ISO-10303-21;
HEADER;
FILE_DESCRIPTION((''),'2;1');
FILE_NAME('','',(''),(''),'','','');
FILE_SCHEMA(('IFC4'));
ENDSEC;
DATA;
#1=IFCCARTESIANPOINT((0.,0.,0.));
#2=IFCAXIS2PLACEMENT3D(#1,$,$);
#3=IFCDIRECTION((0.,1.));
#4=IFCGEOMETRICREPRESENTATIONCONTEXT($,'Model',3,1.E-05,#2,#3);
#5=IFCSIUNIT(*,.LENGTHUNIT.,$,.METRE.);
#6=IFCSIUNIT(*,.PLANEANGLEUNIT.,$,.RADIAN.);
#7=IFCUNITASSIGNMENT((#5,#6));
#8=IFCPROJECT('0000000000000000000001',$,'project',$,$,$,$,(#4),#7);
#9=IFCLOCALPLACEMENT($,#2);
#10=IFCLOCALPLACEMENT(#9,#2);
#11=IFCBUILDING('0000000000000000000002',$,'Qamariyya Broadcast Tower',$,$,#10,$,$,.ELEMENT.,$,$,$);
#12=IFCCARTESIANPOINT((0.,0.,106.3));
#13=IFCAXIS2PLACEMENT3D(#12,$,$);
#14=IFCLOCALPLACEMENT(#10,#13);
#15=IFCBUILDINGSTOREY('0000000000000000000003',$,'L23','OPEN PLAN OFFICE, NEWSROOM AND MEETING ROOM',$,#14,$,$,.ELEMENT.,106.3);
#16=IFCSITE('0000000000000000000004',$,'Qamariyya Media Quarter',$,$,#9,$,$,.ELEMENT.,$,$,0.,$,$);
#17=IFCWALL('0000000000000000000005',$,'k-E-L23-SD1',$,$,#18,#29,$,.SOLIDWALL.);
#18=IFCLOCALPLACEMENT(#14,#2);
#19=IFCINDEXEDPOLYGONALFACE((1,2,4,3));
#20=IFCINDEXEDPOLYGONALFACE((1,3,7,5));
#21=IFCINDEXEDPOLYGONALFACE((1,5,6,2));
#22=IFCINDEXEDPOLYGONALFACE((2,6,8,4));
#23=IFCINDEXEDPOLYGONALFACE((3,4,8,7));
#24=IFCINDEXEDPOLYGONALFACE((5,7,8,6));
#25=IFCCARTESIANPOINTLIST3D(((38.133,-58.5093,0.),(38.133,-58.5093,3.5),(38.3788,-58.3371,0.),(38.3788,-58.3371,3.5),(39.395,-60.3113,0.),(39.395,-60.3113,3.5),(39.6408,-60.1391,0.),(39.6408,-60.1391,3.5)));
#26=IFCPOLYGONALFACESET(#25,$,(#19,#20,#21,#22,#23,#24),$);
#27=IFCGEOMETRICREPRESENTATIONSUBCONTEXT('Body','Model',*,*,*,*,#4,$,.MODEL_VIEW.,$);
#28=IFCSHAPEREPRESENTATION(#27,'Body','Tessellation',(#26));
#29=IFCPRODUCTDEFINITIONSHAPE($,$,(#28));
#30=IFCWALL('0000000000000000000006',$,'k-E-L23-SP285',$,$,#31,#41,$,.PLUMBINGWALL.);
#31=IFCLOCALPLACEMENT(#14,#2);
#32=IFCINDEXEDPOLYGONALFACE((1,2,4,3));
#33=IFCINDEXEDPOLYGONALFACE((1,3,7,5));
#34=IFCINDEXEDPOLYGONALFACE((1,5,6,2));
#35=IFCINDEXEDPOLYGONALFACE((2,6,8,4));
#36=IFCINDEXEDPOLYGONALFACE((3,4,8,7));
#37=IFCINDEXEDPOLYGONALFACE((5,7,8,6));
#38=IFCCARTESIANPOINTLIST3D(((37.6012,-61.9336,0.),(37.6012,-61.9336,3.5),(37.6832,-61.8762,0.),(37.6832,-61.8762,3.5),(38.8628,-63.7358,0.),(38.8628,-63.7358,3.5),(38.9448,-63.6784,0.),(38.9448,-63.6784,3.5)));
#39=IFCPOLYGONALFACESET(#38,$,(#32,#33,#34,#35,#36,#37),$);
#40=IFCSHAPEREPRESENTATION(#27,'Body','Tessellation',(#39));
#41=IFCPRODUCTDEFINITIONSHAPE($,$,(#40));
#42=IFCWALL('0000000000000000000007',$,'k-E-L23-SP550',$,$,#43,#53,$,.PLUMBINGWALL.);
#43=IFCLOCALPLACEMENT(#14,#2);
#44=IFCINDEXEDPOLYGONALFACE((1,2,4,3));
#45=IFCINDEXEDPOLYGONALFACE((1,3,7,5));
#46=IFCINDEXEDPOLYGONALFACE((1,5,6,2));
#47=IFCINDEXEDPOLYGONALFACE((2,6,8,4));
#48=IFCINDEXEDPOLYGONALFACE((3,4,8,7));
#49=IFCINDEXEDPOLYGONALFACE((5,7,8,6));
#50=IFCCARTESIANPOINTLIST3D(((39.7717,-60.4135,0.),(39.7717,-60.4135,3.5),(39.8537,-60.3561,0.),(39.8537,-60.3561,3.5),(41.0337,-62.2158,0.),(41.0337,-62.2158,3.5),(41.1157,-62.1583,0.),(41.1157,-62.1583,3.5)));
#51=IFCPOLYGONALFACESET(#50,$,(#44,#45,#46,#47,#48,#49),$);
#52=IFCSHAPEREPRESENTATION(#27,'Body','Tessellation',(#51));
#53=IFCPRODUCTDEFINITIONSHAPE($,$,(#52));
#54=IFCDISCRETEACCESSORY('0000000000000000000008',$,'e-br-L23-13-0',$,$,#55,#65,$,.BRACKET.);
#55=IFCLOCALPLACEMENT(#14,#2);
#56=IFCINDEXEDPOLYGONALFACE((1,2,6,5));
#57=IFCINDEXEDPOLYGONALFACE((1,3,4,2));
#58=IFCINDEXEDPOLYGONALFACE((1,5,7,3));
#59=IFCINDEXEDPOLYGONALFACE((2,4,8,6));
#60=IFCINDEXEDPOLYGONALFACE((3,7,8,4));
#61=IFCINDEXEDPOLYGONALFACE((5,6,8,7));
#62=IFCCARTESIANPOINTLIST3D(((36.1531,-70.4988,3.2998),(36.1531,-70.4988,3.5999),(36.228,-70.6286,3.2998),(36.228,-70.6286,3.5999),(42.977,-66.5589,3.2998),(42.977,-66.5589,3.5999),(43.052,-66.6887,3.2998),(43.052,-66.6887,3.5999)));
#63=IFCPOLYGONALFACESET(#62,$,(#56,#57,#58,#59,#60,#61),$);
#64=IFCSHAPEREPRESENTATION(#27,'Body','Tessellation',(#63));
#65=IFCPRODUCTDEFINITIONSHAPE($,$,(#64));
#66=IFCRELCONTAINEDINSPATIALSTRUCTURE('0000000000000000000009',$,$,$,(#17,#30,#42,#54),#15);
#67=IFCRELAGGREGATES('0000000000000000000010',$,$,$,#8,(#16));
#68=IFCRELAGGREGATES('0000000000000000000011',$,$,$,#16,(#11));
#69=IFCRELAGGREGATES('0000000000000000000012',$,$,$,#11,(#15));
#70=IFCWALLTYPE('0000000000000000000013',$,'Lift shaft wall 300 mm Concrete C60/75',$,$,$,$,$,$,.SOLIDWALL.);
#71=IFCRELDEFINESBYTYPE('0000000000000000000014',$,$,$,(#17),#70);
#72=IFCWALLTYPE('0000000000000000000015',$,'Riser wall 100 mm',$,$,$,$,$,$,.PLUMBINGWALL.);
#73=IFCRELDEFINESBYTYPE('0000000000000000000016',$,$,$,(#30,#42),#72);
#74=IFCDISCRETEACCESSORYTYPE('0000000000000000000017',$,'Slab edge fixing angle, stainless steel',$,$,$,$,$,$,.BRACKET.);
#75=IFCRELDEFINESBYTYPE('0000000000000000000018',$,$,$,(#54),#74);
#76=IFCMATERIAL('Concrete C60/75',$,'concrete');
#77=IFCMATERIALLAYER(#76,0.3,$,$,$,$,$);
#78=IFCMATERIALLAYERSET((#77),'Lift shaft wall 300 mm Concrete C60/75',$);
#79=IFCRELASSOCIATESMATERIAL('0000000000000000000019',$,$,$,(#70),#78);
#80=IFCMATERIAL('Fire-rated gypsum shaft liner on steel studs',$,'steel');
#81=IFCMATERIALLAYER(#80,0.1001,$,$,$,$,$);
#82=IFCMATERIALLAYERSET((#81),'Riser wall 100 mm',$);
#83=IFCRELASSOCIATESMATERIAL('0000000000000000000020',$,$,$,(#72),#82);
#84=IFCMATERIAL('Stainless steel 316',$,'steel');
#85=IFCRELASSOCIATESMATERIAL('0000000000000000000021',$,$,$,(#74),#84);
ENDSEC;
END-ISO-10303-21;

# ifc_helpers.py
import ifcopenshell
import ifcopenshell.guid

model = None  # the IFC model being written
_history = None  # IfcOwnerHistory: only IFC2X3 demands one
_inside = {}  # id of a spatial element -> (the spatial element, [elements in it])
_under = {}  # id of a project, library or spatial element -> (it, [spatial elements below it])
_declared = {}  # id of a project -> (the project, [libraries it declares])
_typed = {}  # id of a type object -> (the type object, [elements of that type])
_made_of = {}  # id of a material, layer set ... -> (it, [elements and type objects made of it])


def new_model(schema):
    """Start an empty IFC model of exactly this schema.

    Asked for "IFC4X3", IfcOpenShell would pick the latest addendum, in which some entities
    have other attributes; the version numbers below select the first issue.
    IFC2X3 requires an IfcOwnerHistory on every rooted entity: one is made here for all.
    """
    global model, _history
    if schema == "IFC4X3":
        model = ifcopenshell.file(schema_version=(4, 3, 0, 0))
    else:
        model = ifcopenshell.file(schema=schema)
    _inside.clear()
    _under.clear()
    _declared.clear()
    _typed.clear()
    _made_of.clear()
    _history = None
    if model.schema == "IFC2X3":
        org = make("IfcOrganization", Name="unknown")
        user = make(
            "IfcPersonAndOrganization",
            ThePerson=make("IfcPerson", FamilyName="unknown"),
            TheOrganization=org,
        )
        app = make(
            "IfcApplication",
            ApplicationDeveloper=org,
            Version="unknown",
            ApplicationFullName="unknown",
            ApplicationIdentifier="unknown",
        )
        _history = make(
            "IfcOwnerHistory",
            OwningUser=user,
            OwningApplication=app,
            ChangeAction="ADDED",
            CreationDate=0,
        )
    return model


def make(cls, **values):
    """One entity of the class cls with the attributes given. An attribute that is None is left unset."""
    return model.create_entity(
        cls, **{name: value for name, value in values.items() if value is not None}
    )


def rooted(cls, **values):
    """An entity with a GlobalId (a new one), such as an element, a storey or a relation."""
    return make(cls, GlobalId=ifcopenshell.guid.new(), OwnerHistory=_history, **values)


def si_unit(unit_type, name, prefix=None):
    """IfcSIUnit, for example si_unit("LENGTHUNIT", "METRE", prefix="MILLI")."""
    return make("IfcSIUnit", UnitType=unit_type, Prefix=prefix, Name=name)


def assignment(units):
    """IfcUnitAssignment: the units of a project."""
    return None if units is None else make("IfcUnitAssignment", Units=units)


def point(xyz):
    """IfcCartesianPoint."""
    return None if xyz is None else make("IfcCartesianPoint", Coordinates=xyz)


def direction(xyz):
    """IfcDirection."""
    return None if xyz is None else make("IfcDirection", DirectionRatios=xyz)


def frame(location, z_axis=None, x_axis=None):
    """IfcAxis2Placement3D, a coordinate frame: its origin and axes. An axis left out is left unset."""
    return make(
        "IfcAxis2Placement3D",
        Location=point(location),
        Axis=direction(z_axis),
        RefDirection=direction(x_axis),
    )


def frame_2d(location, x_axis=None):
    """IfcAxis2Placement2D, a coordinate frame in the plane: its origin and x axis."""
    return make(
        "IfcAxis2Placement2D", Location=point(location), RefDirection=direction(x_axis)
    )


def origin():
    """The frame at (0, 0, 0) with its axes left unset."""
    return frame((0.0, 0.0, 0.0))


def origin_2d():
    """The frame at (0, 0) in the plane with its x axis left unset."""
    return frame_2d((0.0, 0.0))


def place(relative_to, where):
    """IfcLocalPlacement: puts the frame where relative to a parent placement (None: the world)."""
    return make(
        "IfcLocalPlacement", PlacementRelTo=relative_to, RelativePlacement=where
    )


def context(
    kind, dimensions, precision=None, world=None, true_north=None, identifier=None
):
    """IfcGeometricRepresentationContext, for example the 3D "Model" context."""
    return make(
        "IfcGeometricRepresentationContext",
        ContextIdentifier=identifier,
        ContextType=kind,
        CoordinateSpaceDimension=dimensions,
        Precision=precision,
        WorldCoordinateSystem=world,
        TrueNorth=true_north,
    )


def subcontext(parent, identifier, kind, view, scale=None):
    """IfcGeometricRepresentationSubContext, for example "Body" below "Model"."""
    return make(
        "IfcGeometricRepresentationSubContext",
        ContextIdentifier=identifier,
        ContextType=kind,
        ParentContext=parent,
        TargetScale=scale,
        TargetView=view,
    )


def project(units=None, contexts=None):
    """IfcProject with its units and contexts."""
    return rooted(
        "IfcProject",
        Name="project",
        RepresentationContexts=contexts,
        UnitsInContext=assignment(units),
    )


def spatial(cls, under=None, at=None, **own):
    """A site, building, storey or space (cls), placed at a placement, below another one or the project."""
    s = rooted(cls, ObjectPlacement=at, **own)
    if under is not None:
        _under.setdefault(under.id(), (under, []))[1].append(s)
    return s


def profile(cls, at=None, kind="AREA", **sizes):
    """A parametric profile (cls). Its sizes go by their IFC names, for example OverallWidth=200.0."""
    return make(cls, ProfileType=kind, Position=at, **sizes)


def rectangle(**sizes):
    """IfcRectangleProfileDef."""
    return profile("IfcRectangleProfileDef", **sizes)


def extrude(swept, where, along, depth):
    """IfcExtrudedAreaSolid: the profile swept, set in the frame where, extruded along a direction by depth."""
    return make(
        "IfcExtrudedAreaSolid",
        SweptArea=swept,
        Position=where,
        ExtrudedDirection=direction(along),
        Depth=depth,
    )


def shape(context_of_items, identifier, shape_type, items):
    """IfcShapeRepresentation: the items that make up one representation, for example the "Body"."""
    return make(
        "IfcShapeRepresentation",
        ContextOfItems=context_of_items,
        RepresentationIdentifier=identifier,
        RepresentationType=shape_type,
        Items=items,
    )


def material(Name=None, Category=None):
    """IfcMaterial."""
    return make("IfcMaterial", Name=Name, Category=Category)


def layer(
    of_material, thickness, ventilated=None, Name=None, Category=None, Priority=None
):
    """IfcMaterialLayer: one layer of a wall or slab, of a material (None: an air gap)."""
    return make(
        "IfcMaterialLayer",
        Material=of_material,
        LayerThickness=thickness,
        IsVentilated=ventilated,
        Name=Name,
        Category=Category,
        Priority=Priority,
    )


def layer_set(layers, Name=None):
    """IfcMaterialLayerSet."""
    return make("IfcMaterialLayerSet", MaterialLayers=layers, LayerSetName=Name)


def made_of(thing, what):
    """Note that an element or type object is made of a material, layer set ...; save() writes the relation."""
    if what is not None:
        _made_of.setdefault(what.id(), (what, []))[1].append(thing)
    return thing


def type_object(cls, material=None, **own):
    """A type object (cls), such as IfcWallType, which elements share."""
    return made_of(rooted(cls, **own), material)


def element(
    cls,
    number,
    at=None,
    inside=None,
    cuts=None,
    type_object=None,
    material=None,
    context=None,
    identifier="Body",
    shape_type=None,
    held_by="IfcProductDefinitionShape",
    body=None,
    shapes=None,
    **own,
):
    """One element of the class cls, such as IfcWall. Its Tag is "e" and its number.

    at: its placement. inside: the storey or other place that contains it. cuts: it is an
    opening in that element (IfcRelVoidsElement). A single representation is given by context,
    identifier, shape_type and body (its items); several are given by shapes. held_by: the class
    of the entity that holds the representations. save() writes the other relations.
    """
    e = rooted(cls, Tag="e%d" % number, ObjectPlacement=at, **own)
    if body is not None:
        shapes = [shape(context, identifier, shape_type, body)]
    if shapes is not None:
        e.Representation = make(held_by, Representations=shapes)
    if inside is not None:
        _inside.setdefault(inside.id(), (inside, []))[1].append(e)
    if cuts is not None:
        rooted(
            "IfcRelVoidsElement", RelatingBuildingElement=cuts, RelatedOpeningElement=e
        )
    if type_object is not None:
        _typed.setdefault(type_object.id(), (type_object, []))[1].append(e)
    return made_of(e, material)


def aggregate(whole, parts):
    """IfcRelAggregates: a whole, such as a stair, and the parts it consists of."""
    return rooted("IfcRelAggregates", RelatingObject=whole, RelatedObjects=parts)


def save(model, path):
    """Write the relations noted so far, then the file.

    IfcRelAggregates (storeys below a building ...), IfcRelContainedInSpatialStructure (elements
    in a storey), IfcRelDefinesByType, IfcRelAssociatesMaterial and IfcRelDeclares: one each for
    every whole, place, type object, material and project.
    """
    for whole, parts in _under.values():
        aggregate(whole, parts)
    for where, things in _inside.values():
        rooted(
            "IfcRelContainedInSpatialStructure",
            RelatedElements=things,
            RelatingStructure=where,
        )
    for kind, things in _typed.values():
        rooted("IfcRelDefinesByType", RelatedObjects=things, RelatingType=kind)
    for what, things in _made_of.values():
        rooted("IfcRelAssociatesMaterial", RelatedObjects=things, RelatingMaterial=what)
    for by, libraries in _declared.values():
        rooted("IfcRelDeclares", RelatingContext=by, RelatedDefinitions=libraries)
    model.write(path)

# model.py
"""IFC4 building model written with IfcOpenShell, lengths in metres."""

from ifc_helpers import new_model, si_unit, direction, frame, frame_2d, origin, origin_2d, place, context, subcontext, project, spatial, rectangle, extrude, material, layer, layer_set, type_object, element, save


model = new_model("IFC4")

# Units and contexts
model_context = context("Model", 3, precision=1e-05, world=origin(), true_north=direction((0.0, 1.0)))
body_context = subcontext(model_context, "Body", "Model", "MODEL_VIEW")
ifc_project = project(units=[si_unit("LENGTHUNIT", "METRE"), si_unit("PLANEANGLEUNIT", "RADIAN")], contexts=[model_context])

# Site, building, storey
site_placement = place(None, origin())
site = spatial("IfcSite", under=ifc_project, at=site_placement, Name="Qamariyya Media Quarter", CompositionType="ELEMENT", RefElevation=0.0)
building_placement = place(site_placement, origin())
building = spatial("IfcBuilding", under=site, at=building_placement, Name="Qamariyya Broadcast Tower", CompositionType="ELEMENT")
storey_placement = place(building_placement, frame((0.0, 0.0, 106.3)))
storey = spatial("IfcBuildingStorey", under=building, at=storey_placement, Name="L23", Description="OPEN PLAN OFFICE, NEWSROOM AND MEETING ROOM", CompositionType="ELEMENT", Elevation=106.3)

# Shared definitions
ifc_material_1 = material(Name="Concrete C60/75", Category="concrete")
ifc_layer_1 = layer(ifc_material_1, 0.3)
ifc_layer_set_1 = layer_set([ifc_layer_1], Name="Lift shaft wall 300 mm Concrete C60/75")
wall_type_1 = type_object("IfcWallType", Name="Lift shaft wall 300 mm Concrete C60/75", PredefinedType="SOLIDWALL", material=ifc_layer_set_1)

# Walls
wall_1_placement = place(storey_placement, frame((38.2559, -58.4231, 0.0), z_axis=(0.0, 0.0, 1.0), x_axis=(0.573634, -0.819112, 0.0)))
element("IfcWall", 1, at=wall_1_placement, inside=storey, type_object=wall_type_1, Name="k-E-L23-SD1", PredefinedType="SOLIDWALL", context=body_context, shape_type="SweptSolid", body=[
    extrude(rectangle(XDim=2.2, YDim=0.3, at=frame_2d((1.1001, 0.0))), origin(), (0.0, 0.0, 1.0), 3.5),
])
ifc_material_2 = material(Name="Fire-rated gypsum shaft liner on steel studs", Category="steel")
ifc_layer_2 = layer(ifc_material_2, 0.1001)
ifc_layer_set_2 = layer_set([ifc_layer_2], Name="Riser wall 100 mm")
wall_type_2 = type_object("IfcWallType", Name="Riser wall 100 mm", PredefinedType="PLUMBINGWALL", material=ifc_layer_set_2)
wall_2_placement = place(storey_placement, frame((37.6421, -61.9048, 0.0), z_axis=(0.0, 0.0, 1.0), x_axis=(0.573507, -0.819201, 0.0)))
element("IfcWall", 2, at=wall_2_placement, inside=storey, type_object=wall_type_2, Name="k-E-L23-SP285", PredefinedType="PLUMBINGWALL", context=body_context, shape_type="SweptSolid", body=[
    extrude(rectangle(XDim=2.2, YDim=0.1001, at=frame_2d((1.1001, 0.0))), origin(), (0.0, 0.0, 1.0), 3.5),
])
wall_3_placement = place(storey_placement, frame((39.8127, -60.3848, 0.0), z_axis=(0.0, 0.0, 1.0), x_axis=(0.573581, -0.819149, 0.0)))
element("IfcWall", 3, at=wall_3_placement, inside=storey, type_object=wall_type_2, Name="k-E-L23-SP550", PredefinedType="PLUMBINGWALL", context=body_context, shape_type="SweptSolid", body=[
    extrude(rectangle(XDim=2.2002, YDim=0.1001, at=frame_2d((1.1001, 0.0))), origin(), (0.0, 0.0, 1.0), 3.5),
])

# Discrete accessory
ifc_material_3 = material(Name="Stainless steel 316", Category="steel")
discrete_accessory_type = type_object("IfcDiscreteAccessoryType", Name="Slab edge fixing angle, stainless steel", PredefinedType="BRACKET", material=ifc_material_3)
discrete_accessory_placement = place(storey_placement, frame((39.6025, -68.5938, 3.2998), z_axis=(0.0, 0.0, 1.0), x_axis=(0.866025, 0.5, 0.0)))
element("IfcDiscreteAccessory", 4, at=discrete_accessory_placement, inside=storey, type_object=discrete_accessory_type, Name="e-br-L23-13-0", PredefinedType="BRACKET", context=body_context, shape_type="SweptSolid", body=[
    extrude(rectangle(XDim=7.8796, YDim=0.1499, at=origin_2d()), origin(), (0.0, 0.0, 1.0), 0.3),
])

save(model, "model.ifc")
